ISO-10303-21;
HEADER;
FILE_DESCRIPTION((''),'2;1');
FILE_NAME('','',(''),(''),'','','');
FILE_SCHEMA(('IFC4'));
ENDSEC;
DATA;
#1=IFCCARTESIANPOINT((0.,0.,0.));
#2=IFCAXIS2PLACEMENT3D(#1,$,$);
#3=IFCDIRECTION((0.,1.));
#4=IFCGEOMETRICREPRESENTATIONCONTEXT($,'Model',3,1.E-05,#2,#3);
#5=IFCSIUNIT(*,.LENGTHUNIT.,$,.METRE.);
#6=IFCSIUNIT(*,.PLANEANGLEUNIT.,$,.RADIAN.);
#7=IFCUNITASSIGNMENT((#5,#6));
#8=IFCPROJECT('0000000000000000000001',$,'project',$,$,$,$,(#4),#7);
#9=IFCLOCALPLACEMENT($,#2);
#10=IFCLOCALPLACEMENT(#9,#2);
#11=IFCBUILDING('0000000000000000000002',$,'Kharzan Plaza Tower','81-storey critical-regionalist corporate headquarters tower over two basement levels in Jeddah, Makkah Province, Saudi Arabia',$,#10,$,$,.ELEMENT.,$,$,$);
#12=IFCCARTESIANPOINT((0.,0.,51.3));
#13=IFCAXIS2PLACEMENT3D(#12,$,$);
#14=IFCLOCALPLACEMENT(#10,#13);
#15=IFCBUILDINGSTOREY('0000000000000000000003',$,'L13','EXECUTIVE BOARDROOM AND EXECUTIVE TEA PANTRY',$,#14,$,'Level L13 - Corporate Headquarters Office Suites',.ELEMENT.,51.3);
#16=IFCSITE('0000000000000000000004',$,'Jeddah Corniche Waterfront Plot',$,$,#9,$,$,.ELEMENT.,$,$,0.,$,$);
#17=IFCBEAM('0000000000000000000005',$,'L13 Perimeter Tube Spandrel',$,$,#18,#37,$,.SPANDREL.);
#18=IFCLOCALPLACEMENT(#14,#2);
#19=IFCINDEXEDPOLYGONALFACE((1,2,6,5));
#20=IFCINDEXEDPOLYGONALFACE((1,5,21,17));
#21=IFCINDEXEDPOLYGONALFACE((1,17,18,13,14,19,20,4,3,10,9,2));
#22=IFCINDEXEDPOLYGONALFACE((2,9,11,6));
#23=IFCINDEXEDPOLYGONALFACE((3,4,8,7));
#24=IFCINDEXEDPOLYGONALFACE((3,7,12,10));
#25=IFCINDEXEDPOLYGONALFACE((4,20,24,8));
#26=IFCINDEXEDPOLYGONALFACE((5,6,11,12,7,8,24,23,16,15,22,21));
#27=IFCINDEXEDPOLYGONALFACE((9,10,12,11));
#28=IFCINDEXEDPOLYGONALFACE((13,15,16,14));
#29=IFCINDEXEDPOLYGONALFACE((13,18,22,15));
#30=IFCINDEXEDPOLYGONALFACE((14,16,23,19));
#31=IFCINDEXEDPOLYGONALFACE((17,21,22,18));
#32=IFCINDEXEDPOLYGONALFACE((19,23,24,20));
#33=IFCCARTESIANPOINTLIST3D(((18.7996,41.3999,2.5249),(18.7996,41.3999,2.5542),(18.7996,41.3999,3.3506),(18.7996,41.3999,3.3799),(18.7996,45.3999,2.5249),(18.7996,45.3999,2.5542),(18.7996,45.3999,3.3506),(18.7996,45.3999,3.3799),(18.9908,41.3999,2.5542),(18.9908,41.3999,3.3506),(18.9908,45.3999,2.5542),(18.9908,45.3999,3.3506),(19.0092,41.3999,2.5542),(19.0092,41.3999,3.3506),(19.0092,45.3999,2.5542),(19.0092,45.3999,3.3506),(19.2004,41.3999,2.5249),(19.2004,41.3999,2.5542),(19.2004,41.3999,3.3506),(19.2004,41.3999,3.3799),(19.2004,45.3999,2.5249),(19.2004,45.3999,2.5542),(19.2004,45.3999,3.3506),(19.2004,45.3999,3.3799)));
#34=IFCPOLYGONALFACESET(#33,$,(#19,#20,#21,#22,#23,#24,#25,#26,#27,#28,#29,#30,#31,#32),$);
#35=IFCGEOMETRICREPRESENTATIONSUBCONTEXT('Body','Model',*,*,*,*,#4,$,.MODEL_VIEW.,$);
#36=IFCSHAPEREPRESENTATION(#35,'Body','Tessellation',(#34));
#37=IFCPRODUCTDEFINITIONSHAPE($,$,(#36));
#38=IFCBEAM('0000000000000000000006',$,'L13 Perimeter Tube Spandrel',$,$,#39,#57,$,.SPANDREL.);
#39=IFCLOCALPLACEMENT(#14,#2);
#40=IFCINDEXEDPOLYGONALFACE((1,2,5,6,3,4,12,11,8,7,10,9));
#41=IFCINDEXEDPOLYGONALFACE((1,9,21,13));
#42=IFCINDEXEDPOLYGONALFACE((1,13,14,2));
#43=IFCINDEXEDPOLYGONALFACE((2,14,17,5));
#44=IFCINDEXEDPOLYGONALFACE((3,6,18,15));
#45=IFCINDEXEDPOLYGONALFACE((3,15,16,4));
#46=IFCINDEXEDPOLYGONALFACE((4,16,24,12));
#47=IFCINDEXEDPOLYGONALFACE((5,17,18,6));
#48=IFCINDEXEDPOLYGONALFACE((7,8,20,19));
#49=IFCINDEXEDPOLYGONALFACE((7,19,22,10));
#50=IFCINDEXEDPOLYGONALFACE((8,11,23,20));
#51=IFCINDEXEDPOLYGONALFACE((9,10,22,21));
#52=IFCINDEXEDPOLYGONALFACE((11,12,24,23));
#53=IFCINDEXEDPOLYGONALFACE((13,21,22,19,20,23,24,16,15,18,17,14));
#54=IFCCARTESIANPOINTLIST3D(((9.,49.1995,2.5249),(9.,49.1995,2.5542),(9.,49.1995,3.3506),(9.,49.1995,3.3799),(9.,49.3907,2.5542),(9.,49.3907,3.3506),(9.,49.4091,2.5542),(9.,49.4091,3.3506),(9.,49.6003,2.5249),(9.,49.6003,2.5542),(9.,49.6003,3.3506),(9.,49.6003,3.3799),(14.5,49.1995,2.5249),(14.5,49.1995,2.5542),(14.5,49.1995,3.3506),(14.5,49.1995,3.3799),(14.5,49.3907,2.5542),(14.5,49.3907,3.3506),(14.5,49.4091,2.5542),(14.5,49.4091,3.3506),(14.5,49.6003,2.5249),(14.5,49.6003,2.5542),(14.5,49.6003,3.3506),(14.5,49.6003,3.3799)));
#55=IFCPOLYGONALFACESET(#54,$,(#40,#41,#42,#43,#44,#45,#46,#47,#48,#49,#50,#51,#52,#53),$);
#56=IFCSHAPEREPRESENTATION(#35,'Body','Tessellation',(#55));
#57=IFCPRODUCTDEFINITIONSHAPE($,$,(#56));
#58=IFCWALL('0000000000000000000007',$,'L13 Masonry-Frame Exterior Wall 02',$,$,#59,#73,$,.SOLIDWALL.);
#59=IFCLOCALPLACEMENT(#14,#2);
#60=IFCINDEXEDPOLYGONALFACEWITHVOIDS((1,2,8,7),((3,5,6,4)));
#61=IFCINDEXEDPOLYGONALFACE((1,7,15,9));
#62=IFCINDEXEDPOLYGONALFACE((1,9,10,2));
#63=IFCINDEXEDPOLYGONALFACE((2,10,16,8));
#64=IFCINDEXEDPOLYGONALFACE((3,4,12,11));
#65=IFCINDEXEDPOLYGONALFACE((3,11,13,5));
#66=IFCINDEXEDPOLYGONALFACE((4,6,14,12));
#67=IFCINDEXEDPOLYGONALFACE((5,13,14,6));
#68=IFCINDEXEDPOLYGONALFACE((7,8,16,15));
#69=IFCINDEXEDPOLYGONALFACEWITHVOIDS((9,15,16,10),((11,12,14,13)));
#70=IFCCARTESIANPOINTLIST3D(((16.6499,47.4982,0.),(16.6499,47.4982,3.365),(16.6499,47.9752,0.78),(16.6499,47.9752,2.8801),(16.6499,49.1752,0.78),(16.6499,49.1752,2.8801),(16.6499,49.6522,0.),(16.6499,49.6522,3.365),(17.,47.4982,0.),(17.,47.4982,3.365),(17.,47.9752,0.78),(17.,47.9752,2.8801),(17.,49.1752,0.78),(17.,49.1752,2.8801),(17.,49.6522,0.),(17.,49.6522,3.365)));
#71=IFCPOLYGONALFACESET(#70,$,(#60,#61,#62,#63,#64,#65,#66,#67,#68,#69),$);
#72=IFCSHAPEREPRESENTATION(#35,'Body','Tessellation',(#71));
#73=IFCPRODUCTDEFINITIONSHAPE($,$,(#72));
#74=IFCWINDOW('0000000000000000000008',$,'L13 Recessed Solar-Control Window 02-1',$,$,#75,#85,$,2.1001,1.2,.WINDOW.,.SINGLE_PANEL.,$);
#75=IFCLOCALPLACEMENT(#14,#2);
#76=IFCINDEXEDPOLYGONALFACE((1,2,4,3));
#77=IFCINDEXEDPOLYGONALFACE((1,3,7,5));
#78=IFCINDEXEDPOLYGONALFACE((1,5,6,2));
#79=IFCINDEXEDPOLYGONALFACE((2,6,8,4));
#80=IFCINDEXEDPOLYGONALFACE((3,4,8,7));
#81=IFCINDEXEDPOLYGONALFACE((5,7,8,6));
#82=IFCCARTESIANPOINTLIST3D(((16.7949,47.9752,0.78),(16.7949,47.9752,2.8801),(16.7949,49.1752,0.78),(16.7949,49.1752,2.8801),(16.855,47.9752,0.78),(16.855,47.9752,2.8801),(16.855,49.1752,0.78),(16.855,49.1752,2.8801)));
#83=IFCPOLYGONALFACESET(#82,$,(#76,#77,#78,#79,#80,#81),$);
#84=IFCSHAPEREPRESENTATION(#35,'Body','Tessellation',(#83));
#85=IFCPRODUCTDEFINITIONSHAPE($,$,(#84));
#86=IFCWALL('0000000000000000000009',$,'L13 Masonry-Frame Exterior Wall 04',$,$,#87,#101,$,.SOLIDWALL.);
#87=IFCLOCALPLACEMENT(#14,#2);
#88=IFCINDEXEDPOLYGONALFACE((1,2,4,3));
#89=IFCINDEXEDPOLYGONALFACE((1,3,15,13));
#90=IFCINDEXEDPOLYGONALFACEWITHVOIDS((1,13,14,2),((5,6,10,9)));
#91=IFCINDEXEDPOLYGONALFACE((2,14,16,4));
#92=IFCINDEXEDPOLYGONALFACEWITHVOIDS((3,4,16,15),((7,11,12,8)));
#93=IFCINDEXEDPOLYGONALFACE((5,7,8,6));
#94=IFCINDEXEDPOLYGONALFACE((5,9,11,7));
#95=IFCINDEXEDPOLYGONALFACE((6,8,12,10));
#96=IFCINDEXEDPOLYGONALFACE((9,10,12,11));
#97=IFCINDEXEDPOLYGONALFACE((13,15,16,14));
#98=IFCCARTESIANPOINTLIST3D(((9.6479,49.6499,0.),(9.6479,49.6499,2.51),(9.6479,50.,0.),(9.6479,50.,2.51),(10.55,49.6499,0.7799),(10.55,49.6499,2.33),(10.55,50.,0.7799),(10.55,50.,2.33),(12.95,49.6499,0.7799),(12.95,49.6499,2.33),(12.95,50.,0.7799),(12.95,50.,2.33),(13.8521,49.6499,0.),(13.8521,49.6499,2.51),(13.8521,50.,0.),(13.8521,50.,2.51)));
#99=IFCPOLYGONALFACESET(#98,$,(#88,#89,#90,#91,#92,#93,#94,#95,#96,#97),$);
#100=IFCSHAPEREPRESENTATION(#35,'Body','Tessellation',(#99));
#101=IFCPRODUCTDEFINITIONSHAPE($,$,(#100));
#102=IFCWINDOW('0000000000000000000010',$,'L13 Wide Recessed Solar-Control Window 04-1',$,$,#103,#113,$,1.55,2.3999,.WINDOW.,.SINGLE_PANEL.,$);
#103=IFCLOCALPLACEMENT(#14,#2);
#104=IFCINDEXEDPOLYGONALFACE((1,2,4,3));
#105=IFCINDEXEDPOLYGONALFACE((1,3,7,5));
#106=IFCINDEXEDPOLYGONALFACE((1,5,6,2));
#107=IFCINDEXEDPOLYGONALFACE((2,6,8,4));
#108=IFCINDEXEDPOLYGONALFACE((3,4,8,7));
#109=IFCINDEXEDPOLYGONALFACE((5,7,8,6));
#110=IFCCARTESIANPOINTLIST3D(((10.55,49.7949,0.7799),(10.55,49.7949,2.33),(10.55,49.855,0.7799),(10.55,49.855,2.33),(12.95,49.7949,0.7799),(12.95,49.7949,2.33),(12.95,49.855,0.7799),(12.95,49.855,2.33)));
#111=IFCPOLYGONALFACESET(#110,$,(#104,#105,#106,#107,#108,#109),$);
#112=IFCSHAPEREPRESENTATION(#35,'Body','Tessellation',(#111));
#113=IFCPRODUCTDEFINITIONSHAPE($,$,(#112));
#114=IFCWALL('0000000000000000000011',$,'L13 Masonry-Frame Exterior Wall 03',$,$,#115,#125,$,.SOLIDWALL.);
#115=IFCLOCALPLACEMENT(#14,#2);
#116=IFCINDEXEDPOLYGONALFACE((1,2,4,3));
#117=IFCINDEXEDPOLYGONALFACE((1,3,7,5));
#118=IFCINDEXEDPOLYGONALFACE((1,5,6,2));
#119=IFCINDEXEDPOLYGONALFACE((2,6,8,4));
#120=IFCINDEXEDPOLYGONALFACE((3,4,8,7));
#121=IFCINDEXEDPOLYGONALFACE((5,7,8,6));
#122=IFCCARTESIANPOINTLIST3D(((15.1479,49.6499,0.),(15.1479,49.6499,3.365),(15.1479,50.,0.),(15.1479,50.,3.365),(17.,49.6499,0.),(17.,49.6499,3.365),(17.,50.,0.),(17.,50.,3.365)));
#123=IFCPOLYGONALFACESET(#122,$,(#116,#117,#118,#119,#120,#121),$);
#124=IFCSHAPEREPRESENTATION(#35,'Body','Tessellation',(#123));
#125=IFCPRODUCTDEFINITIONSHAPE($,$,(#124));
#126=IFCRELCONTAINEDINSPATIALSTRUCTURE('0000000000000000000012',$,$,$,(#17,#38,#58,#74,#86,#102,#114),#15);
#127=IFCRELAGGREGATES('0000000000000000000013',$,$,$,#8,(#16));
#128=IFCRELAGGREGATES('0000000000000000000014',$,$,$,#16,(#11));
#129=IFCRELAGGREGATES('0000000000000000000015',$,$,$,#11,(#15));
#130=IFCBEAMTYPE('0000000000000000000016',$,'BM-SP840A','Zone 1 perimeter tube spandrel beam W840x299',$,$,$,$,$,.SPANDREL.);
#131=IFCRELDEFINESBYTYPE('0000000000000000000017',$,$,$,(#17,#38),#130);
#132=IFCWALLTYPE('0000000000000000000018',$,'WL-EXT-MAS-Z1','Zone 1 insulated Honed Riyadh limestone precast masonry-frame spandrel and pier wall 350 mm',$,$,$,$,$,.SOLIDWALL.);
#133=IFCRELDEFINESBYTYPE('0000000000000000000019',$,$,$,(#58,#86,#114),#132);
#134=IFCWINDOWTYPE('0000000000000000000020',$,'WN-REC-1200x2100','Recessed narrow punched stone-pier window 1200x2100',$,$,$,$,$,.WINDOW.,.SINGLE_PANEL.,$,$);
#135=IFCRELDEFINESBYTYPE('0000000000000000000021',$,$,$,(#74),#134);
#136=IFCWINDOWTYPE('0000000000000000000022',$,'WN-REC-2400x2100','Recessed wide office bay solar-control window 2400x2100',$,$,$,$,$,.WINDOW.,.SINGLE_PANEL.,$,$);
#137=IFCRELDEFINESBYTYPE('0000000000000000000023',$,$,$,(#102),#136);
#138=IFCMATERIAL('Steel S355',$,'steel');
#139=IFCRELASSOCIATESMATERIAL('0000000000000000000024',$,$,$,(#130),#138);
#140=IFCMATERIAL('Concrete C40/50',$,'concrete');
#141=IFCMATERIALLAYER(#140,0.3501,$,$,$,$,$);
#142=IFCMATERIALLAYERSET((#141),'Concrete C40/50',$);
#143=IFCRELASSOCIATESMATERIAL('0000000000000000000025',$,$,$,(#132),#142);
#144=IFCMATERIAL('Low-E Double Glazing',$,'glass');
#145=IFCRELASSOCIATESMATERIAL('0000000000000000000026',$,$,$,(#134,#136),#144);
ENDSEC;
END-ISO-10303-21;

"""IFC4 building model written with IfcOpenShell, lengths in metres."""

from ifc_helpers import new_model, si_unit, direction, frame, frame_2d, origin, origin_2d, place, context, subcontext, project, spatial, rectangle, i_section, extrude, source, transform, mapped, material, layer, layer_set, material_profile, profile_set, type_object, element, fill, save


model = new_model("IFC4")

# Units and contexts
model_context = context("Model", 3, precision=1e-05, world=origin(), true_north=direction((0.0, 1.0)))
body_context = subcontext(model_context, "Body", "Model", "MODEL_VIEW")
ifc_project = project(units=[si_unit("LENGTHUNIT", "METRE"), si_unit("PLANEANGLEUNIT", "RADIAN")], contexts=[model_context])

# Site, building, storey
site_placement = place(None, origin())
site = spatial("IfcSite", under=ifc_project, at=site_placement, Name="Jeddah Corniche Waterfront Plot", CompositionType="ELEMENT", RefElevation=0.0)
building_placement = place(site_placement, origin())
building = spatial("IfcBuilding", under=site, at=building_placement, Name="Kharzan Plaza Tower", Description="81-storey critical-regionalist corporate headquarters tower over two basement levels in Jeddah, Makkah Province, Saudi Arabia", CompositionType="ELEMENT")
storey_placement = place(building_placement, frame((0.0, 0.0, 51.3)))
storey = spatial("IfcBuildingStorey", under=building, at=storey_placement, Name="L13", Description="EXECUTIVE BOARDROOM AND EXECUTIVE TEA PANTRY", LongName="Level L13 - Corporate Headquarters Office Suites", CompositionType="ELEMENT", Elevation=51.3)

# Beams
ifc_material_1 = material(Name="Steel S355", Category="steel")
ifc_material_profile_1 = material_profile(ifc_material_1, i_section(OverallWidth=0.4009, OverallDepth=0.855, WebThickness=0.0183, FlangeThickness=0.0293, at=origin_2d()), Name="W840x299")
ifc_profile_set_1 = profile_set([ifc_material_profile_1], Name="Steel S355")
beam_type_1 = type_object("IfcBeamType", Name="BM-SP840A", Description="Zone 1 perimeter tube spandrel beam W840x299", PredefinedType="SPANDREL", material=ifc_profile_set_1)
shared_shape_1 = source(origin(), body_context, "Body", "SweptSolid", [
    extrude(i_section(OverallWidth=0.4009, OverallDepth=0.855, WebThickness=0.0183, FlangeThickness=0.0293, at=origin_2d()), origin(), (0.0, 0.0, 1.0), 4.0),
])
beam_1_placement = place(storey_placement, frame((19.0, 41.3999, 2.9524), z_axis=(0.0, 1.0, 0.0), x_axis=(-1.0, 0.0, 0.0)))
element("IfcBeam", 1, at=beam_1_placement, inside=storey, type_object=beam_type_1, Name="L13 Perimeter Tube Spandrel", PredefinedType="SPANDREL", context=body_context, shape_type="MappedRepresentation", body=[
    mapped(shared_shape_1, transform((0.0, 0.0, 0.0), x_axis=(1.0, 0.0, 0.0), y_axis=(0.0, 1.0, 0.0), z_axis=(0.0, 0.0, 1.0))),
])
shared_shape_2 = source(origin(), body_context, "Body", "SweptSolid", [
    extrude(i_section(OverallWidth=0.4009, OverallDepth=0.855, WebThickness=0.0183, FlangeThickness=0.0293, at=origin_2d()), origin(), (0.0, 0.0, 1.0), 5.5),
])
beam_2_placement = place(storey_placement, frame((9.0, 49.3999, 2.9524), z_axis=(1.0, 0.0, 0.0), x_axis=(0.0, 1.0, 0.0)))
element("IfcBeam", 2, at=beam_2_placement, inside=storey, type_object=beam_type_1, Name="L13 Perimeter Tube Spandrel", PredefinedType="SPANDREL", context=body_context, shape_type="MappedRepresentation", body=[
    mapped(shared_shape_2, transform((0.0, 0.0, 0.0), x_axis=(1.0, 0.0, 0.0), y_axis=(0.0, 1.0, 0.0), z_axis=(0.0, 0.0, 1.0))),
])

# Walls, openings, windows
ifc_material_2 = material(Name="Concrete C40/50", Category="concrete")
ifc_layer = layer(ifc_material_2, 0.3501)
ifc_layer_set = layer_set([ifc_layer], Name="Concrete C40/50")
wall_type = type_object("IfcWallType", Name="WL-EXT-MAS-Z1", Description="Zone 1 insulated Honed Riyadh limestone precast masonry-frame spandrel and pier wall 350 mm", PredefinedType="SOLIDWALL", material=ifc_layer_set)
wall_1_placement = place(storey_placement, frame((16.825, 47.498, 0.0), z_axis=(0.0, 0.0, 1.0), x_axis=(0.0, 1.0, 0.0)))
wall_1 = element("IfcWall", 3, at=wall_1_placement, inside=storey, type_object=wall_type, Name="L13 Masonry-Frame Exterior Wall 02", PredefinedType="SOLIDWALL", context=body_context, shape_type="SweptSolid", body=[
    extrude(rectangle(XDim=2.1541, YDim=0.3501, at=frame_2d((1.0771, 0.0))), origin(), (0.0, 0.0, 1.0), 3.365),
])
opening_1_placement = place(wall_1_placement, frame((0.4771, 0.0, 0.78)))
opening_1 = element("IfcOpeningElement", 4, at=opening_1_placement, cuts=wall_1, PredefinedType="OPENING", context=body_context, shape_type="SweptSolid", body=[
    extrude(rectangle(XDim=1.2, YDim=2.1001, at=frame_2d((0.6001, 1.05))), frame((0.0, 0.1851, 0.0), z_axis=(0.0, -1.0, 0.0), x_axis=(1.0, 0.0, 0.0)), (0.0, 0.0, 1.0), 0.3701),
])
ifc_material_3 = material(Name="Low-E Double Glazing", Category="glass")
window_type_1 = type_object("IfcWindowType", Name="WN-REC-1200x2100", Description="Recessed narrow punched stone-pier window 1200x2100", PartitioningType="SINGLE_PANEL", PredefinedType="WINDOW", material=ifc_material_3)
shared_shape_3 = source(origin(), body_context, "Body", "SweptSolid", [
    extrude(rectangle(XDim=1.2, YDim=2.1001, at=frame_2d((0.6001, 1.05))), frame((0.0, 0.03, 0.0), z_axis=(0.0, -1.0, 0.0), x_axis=(1.0, 0.0, 0.0)), (0.0, 0.0, 1.0), 0.0601),
])
window_1_placement = place(opening_1_placement, origin())
window_1 = element("IfcWindow", 5, at=window_1_placement, inside=storey, type_object=window_type_1, Name="L13 Recessed Solar-Control Window 02-1", OverallHeight=2.1001, OverallWidth=1.2, PartitioningType="SINGLE_PANEL", PredefinedType="WINDOW", context=body_context, shape_type="MappedRepresentation", body=[
    mapped(shared_shape_3, transform((0.0, 0.0, 0.0), x_axis=(1.0, 0.0, 0.0), y_axis=(0.0, 1.0, 0.0), z_axis=(0.0, 0.0, 1.0))),
])
fill(opening_1, window_1)
wall_2_placement = place(storey_placement, frame((13.8521, 49.825, 0.0), z_axis=(0.0, 0.0, 1.0), x_axis=(-1.0, 0.0, 0.0)))
wall_2 = element("IfcWall", 6, at=wall_2_placement, inside=storey, type_object=wall_type, Name="L13 Masonry-Frame Exterior Wall 04", PredefinedType="SOLIDWALL", context=body_context, shape_type="SweptSolid", body=[
    extrude(rectangle(XDim=4.2041, YDim=0.3501, at=frame_2d((2.1021, 0.0))), origin(), (0.0, 0.0, 1.0), 2.51),
])
opening_2_placement = place(wall_2_placement, frame((0.9021, 0.0, 0.78)))
opening_2 = element("IfcOpeningElement", 7, at=opening_2_placement, cuts=wall_2, PredefinedType="OPENING", context=body_context, shape_type="SweptSolid", body=[
    extrude(rectangle(XDim=2.3999, YDim=1.55, at=frame_2d((1.2, 0.7749))), frame((0.0, 0.1851, 0.0), z_axis=(0.0, -1.0, 0.0), x_axis=(1.0, 0.0, 0.0)), (0.0, 0.0, 1.0), 0.3701),
])
window_type_2 = type_object("IfcWindowType", Name="WN-REC-2400x2100", Description="Recessed wide office bay solar-control window 2400x2100", PartitioningType="SINGLE_PANEL", PredefinedType="WINDOW", material=ifc_material_3)
shared_shape_4 = source(origin(), body_context, "Body", "SweptSolid", [
    extrude(rectangle(XDim=2.3999, YDim=1.55, at=frame_2d((1.2, 0.7749))), frame((0.0, 0.03, 0.0), z_axis=(0.0, -1.0, 0.0), x_axis=(1.0, 0.0, 0.0)), (0.0, 0.0, 1.0), 0.0601),
])
window_2_placement = place(opening_2_placement, origin())
window_2 = element("IfcWindow", 8, at=window_2_placement, inside=storey, type_object=window_type_2, Name="L13 Wide Recessed Solar-Control Window 04-1", OverallHeight=1.55, OverallWidth=2.3999, PartitioningType="SINGLE_PANEL", PredefinedType="WINDOW", context=body_context, shape_type="MappedRepresentation", body=[
    mapped(shared_shape_4, transform((0.0, 0.0, 0.0), x_axis=(1.0, 0.0, 0.0), y_axis=(0.0, 1.0, 0.0), z_axis=(0.0, 0.0, 1.0))),
])
fill(opening_2, window_2)

# Wall
shared_shape_5 = source(origin(), body_context, "Body", "SweptSolid", [
    extrude(rectangle(XDim=1.8521, YDim=0.3501, at=frame_2d((0.926, 0.0))), origin(), (0.0, 0.0, 1.0), 3.365),
])
wall_3_placement = place(storey_placement, frame((17.0, 49.825, 0.0), z_axis=(0.0, 0.0, 1.0), x_axis=(-1.0, 0.0, 0.0)))
element("IfcWall", 9, at=wall_3_placement, inside=storey, type_object=wall_type, Name="L13 Masonry-Frame Exterior Wall 03", PredefinedType="SOLIDWALL", context=body_context, shape_type="MappedRepresentation", body=[
    mapped(shared_shape_5, transform((0.0, 0.0, 0.0), x_axis=(1.0, 0.0, 0.0), y_axis=(0.0, 1.0, 0.0), z_axis=(0.0, 0.0, 1.0))),
])

save(model, "model.ifc")
